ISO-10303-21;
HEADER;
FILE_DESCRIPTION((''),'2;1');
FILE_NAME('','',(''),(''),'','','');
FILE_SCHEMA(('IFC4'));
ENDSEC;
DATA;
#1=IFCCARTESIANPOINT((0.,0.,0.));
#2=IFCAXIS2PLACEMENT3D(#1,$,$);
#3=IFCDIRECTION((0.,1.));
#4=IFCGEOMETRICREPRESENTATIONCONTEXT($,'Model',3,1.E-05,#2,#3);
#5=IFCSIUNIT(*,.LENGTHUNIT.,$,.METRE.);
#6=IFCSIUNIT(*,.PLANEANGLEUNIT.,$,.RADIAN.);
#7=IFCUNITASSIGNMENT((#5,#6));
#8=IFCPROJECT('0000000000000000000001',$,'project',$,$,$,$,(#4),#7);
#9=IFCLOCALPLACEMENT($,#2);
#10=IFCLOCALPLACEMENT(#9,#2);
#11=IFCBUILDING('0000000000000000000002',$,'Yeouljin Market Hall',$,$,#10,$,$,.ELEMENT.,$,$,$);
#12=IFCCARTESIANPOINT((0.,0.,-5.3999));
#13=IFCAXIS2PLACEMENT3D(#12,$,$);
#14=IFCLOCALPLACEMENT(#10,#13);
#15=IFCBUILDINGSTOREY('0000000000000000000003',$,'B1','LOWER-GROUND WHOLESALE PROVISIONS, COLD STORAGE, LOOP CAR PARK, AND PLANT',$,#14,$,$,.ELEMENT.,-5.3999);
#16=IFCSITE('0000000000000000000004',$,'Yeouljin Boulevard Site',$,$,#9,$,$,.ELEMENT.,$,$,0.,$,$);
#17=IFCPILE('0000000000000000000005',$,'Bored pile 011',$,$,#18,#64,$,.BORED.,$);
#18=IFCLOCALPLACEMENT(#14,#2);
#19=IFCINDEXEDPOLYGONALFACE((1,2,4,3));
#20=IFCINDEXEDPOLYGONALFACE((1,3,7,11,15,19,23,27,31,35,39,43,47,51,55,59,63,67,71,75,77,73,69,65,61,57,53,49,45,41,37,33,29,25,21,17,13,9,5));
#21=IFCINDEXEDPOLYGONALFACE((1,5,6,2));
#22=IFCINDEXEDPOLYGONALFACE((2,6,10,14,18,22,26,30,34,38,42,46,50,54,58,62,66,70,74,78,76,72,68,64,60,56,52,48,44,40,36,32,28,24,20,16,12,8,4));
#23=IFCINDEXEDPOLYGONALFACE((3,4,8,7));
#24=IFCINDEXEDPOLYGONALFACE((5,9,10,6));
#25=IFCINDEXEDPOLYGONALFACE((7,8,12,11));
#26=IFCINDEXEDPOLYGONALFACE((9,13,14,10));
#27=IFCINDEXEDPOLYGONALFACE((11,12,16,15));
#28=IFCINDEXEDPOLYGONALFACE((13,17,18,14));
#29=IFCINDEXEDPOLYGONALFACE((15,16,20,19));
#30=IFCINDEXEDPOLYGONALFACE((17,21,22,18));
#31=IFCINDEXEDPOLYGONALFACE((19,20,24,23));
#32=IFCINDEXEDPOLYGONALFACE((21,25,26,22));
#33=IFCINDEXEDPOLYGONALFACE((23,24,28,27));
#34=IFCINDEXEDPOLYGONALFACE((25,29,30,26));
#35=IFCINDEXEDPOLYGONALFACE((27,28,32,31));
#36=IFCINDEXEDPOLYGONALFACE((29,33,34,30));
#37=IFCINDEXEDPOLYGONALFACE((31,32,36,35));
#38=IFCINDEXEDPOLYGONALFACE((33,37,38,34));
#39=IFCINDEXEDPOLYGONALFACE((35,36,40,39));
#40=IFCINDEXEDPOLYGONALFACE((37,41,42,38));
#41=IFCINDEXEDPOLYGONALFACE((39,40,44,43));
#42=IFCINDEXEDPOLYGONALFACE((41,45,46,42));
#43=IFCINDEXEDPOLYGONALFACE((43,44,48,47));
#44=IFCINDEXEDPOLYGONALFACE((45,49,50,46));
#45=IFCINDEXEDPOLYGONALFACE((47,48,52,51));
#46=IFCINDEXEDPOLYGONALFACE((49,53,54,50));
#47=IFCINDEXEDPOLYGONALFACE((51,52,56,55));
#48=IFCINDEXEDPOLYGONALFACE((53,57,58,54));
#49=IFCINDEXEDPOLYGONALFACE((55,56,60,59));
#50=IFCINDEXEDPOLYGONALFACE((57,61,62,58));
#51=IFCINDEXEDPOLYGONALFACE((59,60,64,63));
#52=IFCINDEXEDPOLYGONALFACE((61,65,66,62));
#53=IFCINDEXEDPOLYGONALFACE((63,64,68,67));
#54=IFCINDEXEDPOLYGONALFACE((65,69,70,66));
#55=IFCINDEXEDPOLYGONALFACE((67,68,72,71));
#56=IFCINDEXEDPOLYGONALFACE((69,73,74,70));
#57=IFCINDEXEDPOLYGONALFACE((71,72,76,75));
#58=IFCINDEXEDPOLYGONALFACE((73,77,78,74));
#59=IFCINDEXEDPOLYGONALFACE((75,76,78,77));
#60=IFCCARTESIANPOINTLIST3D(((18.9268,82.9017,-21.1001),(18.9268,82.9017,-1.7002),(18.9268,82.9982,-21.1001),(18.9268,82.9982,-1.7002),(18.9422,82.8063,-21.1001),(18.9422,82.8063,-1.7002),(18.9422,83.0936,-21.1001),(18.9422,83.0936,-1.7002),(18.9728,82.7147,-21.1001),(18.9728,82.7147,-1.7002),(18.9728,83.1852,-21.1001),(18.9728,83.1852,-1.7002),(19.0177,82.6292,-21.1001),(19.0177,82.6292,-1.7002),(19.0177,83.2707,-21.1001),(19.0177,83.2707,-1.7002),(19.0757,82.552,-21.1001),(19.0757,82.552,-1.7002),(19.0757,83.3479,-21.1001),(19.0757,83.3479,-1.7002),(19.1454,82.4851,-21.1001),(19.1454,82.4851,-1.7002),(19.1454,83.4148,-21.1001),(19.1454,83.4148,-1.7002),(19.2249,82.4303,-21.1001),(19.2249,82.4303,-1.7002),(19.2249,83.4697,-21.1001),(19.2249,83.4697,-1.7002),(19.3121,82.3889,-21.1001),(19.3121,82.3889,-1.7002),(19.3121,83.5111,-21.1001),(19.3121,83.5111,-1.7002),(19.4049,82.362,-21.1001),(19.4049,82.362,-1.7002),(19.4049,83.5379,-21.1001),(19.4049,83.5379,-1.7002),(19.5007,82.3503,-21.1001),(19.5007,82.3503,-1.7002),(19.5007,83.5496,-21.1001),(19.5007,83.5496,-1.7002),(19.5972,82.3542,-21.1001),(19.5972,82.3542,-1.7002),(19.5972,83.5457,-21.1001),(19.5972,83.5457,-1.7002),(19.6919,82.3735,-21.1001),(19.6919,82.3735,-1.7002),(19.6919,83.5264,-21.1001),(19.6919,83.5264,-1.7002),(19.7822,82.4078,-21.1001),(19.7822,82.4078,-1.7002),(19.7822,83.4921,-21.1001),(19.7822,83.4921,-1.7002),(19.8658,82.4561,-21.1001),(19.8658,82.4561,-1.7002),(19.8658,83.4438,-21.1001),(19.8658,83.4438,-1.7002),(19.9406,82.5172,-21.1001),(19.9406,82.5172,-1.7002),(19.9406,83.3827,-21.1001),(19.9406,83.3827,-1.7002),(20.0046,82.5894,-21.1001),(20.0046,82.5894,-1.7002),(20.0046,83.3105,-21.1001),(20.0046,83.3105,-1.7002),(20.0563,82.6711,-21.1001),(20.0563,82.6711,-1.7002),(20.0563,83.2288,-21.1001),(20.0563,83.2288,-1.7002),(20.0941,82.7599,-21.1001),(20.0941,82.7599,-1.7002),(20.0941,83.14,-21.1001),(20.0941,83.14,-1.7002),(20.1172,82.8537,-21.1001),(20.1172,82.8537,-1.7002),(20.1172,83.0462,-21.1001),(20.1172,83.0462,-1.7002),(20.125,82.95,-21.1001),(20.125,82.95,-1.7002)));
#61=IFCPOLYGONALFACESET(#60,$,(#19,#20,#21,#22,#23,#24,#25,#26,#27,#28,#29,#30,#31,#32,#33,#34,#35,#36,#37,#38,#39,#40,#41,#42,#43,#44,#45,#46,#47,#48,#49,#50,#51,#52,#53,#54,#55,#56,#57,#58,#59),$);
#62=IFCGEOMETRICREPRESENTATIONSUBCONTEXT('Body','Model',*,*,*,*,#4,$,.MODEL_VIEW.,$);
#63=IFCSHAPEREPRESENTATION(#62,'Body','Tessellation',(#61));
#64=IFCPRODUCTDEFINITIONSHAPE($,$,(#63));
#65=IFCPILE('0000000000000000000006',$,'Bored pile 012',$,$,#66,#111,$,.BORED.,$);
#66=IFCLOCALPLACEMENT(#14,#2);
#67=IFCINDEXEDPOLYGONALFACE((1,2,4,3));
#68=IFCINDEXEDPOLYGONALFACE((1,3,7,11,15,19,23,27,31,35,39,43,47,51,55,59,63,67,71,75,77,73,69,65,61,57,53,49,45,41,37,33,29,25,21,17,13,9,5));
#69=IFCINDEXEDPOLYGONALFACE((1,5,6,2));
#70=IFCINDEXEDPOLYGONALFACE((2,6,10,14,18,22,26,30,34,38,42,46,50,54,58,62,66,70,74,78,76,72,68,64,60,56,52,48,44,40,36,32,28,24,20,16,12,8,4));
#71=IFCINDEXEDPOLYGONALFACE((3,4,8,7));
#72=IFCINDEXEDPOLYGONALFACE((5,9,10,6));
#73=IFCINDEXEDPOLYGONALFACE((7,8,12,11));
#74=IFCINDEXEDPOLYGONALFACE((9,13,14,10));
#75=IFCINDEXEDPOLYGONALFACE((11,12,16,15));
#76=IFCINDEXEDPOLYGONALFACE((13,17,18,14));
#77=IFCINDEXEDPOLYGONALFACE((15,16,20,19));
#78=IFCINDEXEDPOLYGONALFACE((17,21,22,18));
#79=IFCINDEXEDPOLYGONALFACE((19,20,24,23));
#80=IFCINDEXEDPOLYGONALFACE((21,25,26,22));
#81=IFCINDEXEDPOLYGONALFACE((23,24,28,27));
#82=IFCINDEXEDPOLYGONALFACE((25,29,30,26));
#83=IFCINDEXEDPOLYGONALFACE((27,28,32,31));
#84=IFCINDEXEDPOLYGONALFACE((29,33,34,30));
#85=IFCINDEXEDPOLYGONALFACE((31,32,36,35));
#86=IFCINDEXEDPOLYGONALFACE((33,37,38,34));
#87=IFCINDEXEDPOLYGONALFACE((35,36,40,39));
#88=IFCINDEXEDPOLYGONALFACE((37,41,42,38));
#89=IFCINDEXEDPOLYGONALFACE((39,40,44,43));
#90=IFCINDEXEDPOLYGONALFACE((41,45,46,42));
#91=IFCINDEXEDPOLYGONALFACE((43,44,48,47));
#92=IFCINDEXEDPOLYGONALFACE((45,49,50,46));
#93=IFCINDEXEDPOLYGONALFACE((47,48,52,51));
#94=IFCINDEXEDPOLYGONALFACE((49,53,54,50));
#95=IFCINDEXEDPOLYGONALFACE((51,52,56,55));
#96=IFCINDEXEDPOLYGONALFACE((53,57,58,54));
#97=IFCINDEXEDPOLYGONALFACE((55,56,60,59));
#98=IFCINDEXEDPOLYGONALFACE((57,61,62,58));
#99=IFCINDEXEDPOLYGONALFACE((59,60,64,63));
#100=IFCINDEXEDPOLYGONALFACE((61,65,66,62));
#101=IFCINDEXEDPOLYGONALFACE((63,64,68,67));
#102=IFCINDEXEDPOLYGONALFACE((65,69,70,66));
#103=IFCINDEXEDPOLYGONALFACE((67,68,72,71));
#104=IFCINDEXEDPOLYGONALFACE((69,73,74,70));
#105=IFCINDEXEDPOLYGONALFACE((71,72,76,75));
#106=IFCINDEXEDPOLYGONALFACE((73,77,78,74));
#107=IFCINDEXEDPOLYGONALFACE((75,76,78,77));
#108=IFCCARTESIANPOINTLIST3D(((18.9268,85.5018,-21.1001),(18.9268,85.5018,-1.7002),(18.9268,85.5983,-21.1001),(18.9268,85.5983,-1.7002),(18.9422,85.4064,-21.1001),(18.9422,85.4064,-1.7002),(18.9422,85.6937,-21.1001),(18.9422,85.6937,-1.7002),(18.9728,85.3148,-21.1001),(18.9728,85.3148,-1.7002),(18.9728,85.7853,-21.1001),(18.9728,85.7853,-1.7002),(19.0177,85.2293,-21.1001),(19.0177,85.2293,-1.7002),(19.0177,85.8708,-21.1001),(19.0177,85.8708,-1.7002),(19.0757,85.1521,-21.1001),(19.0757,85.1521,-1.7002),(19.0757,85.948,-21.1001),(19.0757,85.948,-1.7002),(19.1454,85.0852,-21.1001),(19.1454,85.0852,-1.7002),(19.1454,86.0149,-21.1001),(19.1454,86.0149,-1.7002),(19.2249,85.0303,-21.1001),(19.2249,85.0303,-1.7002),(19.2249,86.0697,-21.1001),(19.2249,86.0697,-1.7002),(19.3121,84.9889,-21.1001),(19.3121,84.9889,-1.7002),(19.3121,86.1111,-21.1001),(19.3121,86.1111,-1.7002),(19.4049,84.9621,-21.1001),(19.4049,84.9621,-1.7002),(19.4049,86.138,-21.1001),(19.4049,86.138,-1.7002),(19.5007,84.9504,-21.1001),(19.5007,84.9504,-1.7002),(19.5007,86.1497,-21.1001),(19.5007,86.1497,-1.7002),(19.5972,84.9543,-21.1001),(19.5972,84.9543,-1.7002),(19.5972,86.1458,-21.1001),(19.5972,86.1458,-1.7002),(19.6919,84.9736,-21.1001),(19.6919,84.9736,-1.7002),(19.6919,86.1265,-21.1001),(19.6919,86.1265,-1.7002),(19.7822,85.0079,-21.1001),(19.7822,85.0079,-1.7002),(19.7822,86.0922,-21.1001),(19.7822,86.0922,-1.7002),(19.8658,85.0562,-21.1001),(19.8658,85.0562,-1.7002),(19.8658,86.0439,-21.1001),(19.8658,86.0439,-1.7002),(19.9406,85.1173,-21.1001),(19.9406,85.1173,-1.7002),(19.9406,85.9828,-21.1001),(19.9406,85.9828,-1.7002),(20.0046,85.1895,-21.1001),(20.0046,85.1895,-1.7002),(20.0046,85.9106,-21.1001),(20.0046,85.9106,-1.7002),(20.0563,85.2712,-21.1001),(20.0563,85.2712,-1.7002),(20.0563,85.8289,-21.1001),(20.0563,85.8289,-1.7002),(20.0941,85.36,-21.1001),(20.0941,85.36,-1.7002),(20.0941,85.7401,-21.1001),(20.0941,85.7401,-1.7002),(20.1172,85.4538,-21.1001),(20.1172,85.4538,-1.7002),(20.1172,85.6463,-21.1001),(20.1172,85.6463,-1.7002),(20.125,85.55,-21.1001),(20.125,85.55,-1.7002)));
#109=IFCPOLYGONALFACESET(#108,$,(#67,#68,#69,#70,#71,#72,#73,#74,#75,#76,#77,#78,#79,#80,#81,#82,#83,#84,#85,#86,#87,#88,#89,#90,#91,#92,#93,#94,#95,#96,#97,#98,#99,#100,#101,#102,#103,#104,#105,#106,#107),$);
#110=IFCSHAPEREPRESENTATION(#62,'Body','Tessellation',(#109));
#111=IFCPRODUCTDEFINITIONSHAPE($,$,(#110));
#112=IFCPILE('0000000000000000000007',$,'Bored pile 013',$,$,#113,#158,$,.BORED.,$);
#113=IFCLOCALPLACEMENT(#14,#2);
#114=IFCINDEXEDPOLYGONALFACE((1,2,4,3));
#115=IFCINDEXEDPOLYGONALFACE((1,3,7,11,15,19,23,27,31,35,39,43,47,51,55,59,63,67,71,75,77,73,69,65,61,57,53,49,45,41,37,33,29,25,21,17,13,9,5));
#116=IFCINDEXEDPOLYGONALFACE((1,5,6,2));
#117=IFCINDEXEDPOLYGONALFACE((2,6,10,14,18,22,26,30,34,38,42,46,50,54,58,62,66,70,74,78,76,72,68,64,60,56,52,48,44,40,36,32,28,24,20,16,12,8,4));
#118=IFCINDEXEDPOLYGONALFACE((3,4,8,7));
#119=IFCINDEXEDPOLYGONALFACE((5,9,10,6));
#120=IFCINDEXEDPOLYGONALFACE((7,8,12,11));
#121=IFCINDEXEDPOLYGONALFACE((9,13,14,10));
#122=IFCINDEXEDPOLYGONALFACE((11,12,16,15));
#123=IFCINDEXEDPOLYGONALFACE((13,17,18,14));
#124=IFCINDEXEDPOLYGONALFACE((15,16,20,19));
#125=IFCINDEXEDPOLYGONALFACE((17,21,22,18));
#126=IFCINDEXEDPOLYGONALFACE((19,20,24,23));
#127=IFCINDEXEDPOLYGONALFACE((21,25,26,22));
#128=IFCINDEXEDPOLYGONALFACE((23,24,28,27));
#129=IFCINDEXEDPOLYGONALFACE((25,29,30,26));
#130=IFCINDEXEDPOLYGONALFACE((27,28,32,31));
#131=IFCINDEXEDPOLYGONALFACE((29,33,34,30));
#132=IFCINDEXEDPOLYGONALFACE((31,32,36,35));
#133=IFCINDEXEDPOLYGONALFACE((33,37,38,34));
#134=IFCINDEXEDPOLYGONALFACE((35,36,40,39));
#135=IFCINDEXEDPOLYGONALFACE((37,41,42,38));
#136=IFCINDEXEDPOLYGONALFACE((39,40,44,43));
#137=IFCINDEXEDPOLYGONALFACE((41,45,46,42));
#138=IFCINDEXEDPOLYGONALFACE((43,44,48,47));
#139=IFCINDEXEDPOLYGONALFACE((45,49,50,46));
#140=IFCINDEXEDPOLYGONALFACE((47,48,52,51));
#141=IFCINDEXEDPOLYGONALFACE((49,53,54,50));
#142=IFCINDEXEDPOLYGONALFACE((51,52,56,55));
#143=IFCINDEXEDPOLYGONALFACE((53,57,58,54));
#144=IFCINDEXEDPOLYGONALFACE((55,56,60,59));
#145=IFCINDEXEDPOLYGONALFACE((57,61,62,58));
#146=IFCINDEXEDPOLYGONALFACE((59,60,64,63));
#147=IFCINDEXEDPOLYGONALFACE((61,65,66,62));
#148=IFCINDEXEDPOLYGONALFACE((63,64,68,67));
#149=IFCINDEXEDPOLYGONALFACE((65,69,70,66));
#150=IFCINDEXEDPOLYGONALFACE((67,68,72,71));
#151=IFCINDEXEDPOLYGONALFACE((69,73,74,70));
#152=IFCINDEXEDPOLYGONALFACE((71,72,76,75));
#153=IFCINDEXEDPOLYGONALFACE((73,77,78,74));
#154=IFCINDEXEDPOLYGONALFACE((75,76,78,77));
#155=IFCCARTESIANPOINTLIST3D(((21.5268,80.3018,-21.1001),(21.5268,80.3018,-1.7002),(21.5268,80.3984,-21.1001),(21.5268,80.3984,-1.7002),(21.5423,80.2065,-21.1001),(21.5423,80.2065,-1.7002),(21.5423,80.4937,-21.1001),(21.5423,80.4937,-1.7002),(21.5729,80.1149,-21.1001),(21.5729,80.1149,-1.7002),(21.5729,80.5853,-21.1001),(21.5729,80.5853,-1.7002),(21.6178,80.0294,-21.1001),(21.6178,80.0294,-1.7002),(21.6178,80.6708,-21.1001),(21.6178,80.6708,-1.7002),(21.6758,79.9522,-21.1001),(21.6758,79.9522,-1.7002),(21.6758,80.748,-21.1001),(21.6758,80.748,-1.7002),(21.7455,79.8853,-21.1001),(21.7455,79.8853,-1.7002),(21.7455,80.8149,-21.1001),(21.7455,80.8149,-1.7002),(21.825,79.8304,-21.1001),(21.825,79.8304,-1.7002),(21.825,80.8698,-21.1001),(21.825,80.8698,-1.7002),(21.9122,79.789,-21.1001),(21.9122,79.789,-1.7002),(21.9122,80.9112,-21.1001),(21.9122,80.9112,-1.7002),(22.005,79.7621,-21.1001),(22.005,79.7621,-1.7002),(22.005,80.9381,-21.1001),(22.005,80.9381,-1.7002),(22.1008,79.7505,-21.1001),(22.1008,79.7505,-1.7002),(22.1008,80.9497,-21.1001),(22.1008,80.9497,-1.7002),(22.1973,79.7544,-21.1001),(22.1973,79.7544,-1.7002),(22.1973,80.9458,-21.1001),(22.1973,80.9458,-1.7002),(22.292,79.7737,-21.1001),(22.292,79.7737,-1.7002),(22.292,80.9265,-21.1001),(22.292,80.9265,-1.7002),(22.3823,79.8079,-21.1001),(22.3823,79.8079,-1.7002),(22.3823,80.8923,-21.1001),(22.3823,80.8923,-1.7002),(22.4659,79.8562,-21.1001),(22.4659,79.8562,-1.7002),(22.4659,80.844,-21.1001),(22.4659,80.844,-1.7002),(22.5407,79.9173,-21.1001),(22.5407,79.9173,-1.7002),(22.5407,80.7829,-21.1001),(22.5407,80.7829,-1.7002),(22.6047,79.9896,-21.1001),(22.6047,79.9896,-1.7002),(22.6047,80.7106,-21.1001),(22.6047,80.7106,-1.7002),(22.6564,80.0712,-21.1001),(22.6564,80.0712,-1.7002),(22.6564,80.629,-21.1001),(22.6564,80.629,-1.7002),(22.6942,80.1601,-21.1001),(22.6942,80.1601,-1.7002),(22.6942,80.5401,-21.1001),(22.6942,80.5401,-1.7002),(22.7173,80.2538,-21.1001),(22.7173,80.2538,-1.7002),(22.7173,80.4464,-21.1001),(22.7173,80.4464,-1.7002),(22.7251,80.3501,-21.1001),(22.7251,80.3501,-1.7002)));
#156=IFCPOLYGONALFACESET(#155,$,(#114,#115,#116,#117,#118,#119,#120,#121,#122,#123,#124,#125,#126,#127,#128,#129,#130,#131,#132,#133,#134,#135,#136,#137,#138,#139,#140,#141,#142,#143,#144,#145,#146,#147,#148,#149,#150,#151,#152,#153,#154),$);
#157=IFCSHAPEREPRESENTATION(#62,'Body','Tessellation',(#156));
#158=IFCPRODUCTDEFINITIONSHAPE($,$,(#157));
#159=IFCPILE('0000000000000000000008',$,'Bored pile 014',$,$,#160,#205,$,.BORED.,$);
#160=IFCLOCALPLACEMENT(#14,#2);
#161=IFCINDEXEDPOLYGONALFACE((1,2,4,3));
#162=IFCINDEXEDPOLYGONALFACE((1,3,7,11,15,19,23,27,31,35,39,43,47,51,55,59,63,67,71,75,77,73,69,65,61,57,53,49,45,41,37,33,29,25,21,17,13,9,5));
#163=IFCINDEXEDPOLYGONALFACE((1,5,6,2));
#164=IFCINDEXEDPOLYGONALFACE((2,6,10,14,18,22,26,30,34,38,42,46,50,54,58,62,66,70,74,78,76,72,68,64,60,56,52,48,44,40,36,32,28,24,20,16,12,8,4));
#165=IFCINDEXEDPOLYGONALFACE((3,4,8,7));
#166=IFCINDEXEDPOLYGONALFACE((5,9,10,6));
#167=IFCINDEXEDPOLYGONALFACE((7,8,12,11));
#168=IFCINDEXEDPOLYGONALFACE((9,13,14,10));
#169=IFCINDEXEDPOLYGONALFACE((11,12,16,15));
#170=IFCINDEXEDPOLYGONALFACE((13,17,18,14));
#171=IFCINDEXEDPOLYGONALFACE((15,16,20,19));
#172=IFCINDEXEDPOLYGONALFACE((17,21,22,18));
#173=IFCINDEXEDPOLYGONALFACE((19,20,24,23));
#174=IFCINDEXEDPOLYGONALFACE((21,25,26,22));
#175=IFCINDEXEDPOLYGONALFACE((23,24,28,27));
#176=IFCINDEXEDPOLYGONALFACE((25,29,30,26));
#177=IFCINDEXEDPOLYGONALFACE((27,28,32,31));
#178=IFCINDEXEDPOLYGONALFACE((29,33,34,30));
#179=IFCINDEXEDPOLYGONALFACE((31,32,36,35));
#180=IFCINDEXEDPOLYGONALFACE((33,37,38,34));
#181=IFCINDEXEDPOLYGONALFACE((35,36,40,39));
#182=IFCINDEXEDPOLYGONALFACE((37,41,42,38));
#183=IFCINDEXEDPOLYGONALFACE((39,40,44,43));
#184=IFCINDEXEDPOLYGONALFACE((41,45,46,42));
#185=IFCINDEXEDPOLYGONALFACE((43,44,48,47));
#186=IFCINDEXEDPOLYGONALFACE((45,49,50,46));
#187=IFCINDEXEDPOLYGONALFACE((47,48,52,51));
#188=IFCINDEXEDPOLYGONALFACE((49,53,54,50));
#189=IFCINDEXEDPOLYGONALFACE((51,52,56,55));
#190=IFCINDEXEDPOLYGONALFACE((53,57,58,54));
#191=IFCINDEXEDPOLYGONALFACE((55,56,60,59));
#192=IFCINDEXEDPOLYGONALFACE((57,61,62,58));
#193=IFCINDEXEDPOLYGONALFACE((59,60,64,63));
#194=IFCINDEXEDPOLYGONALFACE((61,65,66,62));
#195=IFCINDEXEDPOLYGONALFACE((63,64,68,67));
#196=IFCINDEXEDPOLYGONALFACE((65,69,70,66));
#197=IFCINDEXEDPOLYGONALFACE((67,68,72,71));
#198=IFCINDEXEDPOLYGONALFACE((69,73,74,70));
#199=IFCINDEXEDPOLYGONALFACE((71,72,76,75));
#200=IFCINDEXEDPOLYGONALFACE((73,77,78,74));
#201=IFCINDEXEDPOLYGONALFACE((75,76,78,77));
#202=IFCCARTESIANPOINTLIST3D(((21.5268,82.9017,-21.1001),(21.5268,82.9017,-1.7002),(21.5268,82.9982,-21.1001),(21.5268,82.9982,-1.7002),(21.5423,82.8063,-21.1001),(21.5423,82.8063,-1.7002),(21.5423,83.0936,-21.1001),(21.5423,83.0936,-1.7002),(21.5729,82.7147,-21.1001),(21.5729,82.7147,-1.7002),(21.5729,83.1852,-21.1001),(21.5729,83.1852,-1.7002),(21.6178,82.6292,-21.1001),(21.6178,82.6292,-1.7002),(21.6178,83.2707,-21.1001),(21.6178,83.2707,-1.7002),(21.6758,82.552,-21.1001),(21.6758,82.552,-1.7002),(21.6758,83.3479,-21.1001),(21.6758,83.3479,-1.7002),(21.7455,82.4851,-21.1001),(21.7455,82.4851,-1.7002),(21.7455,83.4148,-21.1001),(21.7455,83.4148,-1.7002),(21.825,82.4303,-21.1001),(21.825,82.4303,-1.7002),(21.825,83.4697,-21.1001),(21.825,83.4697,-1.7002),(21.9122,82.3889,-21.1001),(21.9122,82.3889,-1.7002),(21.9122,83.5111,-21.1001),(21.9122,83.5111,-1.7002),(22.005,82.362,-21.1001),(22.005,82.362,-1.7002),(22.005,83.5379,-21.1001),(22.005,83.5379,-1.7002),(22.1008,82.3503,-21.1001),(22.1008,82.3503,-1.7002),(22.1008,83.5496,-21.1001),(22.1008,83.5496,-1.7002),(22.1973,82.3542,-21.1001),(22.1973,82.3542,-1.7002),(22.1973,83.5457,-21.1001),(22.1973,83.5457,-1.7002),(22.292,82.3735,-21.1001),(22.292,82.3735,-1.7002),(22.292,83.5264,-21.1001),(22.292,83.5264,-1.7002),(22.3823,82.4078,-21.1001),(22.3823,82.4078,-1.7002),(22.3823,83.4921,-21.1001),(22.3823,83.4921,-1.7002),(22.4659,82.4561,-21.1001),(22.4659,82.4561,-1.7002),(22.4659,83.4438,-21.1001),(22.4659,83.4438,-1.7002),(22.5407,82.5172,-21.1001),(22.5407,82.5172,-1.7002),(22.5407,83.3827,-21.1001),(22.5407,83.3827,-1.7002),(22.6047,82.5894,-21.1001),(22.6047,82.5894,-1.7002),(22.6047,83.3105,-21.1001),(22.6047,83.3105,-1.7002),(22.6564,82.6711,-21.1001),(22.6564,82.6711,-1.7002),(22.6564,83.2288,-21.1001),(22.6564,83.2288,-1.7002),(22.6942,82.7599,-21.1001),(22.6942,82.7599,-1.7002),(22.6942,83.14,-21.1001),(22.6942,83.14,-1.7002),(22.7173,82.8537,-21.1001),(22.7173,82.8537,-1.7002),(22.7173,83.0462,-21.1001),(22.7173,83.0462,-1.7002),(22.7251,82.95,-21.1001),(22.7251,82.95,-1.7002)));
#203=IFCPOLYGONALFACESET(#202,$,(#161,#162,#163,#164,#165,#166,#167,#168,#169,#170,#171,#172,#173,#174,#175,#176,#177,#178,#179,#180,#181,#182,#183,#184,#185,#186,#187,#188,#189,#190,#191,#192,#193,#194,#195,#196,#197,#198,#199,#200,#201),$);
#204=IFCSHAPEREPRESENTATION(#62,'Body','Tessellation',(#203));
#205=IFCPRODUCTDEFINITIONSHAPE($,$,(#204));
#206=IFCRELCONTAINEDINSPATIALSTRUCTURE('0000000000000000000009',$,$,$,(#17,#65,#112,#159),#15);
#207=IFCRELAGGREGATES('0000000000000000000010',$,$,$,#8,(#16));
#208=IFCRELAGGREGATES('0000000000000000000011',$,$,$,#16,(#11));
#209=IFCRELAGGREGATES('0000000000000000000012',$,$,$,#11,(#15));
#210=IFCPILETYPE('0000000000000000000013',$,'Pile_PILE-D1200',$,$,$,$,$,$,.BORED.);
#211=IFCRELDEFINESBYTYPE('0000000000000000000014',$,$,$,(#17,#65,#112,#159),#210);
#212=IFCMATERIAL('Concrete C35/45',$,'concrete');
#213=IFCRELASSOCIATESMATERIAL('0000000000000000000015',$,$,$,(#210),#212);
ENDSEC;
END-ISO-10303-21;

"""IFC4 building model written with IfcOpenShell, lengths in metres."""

from ifc_helpers import new_model, si_unit, direction, frame, origin, origin_2d, place, context, subcontext, project, spatial, circle, extrude, material, material_profile, profile_set, type_object, element, save


model = new_model("IFC4")

# Units and contexts
model_context = context("Model", 3, precision=1e-05, world=origin(), true_north=direction((0.0, 1.0)))
body_context = subcontext(model_context, "Body", "Model", "MODEL_VIEW")
ifc_project = project(units=[si_unit("LENGTHUNIT", "METRE"), si_unit("PLANEANGLEUNIT", "RADIAN")], contexts=[model_context])

# Site, building, storey
site_placement = place(None, origin())
site = spatial("IfcSite", under=ifc_project, at=site_placement, Name="Yeouljin Boulevard Site", CompositionType="ELEMENT", RefElevation=0.0)
building_placement = place(site_placement, origin())
building = spatial("IfcBuilding", under=site, at=building_placement, Name="Yeouljin Market Hall", CompositionType="ELEMENT")
storey_placement = place(building_placement, frame((0.0, 0.0, -5.3999)))
storey = spatial("IfcBuildingStorey", under=building, at=storey_placement, Name="B1", Description="LOWER-GROUND WHOLESALE PROVISIONS, COLD STORAGE, LOOP CAR PARK, AND PLANT", CompositionType="ELEMENT", Elevation=-5.3999)

# Piles
ifc_material_1 = material(Name="Concrete C35/45", Category="concrete")
ifc_material_profile_1 = material_profile(ifc_material_1, circle(Radius=0.6001, at=origin_2d()), Name="PILE-D1200")
ifc_profile_set_1 = profile_set([ifc_material_profile_1], Name="Concrete C35/45")
pile_type_1 = type_object("IfcPileType", Name="Pile_PILE-D1200", PredefinedType="BORED", material=ifc_profile_set_1)
for number, where, z_axis, x_axis, name in (
    (1, (19.5249, 82.95, -1.7002), (0.0, 0.0, -1.0), (1.0, 0.0, 0.0), "Bored pile 011"),
    (2, (19.5249, 85.55, -1.7002), (0.0, 0.0, -1.0), (1.0, 0.0, 0.0), "Bored pile 012"),
    (3, (22.125, 80.3501, -1.7002), (0.0, 0.0, -1.0), (1.0, 0.0, 0.0), "Bored pile 013"),
    (4, (22.125, 82.95, -1.7002), (0.0, 0.0, -1.0), (1.0, 0.0, 0.0), "Bored pile 014"),
):
    element("IfcPile", number, at=place(storey_placement, frame(where, z_axis=z_axis, x_axis=x_axis)), inside=storey, type_object=pile_type_1, Name=name, PredefinedType="BORED", context=body_context, shape_type="SweptSolid", body=[
        extrude(circle(Radius=0.6001, at=origin_2d()), origin(), (0.0, 0.0, 1.0), 19.3999),
    ])

save(model, "model.ifc")
